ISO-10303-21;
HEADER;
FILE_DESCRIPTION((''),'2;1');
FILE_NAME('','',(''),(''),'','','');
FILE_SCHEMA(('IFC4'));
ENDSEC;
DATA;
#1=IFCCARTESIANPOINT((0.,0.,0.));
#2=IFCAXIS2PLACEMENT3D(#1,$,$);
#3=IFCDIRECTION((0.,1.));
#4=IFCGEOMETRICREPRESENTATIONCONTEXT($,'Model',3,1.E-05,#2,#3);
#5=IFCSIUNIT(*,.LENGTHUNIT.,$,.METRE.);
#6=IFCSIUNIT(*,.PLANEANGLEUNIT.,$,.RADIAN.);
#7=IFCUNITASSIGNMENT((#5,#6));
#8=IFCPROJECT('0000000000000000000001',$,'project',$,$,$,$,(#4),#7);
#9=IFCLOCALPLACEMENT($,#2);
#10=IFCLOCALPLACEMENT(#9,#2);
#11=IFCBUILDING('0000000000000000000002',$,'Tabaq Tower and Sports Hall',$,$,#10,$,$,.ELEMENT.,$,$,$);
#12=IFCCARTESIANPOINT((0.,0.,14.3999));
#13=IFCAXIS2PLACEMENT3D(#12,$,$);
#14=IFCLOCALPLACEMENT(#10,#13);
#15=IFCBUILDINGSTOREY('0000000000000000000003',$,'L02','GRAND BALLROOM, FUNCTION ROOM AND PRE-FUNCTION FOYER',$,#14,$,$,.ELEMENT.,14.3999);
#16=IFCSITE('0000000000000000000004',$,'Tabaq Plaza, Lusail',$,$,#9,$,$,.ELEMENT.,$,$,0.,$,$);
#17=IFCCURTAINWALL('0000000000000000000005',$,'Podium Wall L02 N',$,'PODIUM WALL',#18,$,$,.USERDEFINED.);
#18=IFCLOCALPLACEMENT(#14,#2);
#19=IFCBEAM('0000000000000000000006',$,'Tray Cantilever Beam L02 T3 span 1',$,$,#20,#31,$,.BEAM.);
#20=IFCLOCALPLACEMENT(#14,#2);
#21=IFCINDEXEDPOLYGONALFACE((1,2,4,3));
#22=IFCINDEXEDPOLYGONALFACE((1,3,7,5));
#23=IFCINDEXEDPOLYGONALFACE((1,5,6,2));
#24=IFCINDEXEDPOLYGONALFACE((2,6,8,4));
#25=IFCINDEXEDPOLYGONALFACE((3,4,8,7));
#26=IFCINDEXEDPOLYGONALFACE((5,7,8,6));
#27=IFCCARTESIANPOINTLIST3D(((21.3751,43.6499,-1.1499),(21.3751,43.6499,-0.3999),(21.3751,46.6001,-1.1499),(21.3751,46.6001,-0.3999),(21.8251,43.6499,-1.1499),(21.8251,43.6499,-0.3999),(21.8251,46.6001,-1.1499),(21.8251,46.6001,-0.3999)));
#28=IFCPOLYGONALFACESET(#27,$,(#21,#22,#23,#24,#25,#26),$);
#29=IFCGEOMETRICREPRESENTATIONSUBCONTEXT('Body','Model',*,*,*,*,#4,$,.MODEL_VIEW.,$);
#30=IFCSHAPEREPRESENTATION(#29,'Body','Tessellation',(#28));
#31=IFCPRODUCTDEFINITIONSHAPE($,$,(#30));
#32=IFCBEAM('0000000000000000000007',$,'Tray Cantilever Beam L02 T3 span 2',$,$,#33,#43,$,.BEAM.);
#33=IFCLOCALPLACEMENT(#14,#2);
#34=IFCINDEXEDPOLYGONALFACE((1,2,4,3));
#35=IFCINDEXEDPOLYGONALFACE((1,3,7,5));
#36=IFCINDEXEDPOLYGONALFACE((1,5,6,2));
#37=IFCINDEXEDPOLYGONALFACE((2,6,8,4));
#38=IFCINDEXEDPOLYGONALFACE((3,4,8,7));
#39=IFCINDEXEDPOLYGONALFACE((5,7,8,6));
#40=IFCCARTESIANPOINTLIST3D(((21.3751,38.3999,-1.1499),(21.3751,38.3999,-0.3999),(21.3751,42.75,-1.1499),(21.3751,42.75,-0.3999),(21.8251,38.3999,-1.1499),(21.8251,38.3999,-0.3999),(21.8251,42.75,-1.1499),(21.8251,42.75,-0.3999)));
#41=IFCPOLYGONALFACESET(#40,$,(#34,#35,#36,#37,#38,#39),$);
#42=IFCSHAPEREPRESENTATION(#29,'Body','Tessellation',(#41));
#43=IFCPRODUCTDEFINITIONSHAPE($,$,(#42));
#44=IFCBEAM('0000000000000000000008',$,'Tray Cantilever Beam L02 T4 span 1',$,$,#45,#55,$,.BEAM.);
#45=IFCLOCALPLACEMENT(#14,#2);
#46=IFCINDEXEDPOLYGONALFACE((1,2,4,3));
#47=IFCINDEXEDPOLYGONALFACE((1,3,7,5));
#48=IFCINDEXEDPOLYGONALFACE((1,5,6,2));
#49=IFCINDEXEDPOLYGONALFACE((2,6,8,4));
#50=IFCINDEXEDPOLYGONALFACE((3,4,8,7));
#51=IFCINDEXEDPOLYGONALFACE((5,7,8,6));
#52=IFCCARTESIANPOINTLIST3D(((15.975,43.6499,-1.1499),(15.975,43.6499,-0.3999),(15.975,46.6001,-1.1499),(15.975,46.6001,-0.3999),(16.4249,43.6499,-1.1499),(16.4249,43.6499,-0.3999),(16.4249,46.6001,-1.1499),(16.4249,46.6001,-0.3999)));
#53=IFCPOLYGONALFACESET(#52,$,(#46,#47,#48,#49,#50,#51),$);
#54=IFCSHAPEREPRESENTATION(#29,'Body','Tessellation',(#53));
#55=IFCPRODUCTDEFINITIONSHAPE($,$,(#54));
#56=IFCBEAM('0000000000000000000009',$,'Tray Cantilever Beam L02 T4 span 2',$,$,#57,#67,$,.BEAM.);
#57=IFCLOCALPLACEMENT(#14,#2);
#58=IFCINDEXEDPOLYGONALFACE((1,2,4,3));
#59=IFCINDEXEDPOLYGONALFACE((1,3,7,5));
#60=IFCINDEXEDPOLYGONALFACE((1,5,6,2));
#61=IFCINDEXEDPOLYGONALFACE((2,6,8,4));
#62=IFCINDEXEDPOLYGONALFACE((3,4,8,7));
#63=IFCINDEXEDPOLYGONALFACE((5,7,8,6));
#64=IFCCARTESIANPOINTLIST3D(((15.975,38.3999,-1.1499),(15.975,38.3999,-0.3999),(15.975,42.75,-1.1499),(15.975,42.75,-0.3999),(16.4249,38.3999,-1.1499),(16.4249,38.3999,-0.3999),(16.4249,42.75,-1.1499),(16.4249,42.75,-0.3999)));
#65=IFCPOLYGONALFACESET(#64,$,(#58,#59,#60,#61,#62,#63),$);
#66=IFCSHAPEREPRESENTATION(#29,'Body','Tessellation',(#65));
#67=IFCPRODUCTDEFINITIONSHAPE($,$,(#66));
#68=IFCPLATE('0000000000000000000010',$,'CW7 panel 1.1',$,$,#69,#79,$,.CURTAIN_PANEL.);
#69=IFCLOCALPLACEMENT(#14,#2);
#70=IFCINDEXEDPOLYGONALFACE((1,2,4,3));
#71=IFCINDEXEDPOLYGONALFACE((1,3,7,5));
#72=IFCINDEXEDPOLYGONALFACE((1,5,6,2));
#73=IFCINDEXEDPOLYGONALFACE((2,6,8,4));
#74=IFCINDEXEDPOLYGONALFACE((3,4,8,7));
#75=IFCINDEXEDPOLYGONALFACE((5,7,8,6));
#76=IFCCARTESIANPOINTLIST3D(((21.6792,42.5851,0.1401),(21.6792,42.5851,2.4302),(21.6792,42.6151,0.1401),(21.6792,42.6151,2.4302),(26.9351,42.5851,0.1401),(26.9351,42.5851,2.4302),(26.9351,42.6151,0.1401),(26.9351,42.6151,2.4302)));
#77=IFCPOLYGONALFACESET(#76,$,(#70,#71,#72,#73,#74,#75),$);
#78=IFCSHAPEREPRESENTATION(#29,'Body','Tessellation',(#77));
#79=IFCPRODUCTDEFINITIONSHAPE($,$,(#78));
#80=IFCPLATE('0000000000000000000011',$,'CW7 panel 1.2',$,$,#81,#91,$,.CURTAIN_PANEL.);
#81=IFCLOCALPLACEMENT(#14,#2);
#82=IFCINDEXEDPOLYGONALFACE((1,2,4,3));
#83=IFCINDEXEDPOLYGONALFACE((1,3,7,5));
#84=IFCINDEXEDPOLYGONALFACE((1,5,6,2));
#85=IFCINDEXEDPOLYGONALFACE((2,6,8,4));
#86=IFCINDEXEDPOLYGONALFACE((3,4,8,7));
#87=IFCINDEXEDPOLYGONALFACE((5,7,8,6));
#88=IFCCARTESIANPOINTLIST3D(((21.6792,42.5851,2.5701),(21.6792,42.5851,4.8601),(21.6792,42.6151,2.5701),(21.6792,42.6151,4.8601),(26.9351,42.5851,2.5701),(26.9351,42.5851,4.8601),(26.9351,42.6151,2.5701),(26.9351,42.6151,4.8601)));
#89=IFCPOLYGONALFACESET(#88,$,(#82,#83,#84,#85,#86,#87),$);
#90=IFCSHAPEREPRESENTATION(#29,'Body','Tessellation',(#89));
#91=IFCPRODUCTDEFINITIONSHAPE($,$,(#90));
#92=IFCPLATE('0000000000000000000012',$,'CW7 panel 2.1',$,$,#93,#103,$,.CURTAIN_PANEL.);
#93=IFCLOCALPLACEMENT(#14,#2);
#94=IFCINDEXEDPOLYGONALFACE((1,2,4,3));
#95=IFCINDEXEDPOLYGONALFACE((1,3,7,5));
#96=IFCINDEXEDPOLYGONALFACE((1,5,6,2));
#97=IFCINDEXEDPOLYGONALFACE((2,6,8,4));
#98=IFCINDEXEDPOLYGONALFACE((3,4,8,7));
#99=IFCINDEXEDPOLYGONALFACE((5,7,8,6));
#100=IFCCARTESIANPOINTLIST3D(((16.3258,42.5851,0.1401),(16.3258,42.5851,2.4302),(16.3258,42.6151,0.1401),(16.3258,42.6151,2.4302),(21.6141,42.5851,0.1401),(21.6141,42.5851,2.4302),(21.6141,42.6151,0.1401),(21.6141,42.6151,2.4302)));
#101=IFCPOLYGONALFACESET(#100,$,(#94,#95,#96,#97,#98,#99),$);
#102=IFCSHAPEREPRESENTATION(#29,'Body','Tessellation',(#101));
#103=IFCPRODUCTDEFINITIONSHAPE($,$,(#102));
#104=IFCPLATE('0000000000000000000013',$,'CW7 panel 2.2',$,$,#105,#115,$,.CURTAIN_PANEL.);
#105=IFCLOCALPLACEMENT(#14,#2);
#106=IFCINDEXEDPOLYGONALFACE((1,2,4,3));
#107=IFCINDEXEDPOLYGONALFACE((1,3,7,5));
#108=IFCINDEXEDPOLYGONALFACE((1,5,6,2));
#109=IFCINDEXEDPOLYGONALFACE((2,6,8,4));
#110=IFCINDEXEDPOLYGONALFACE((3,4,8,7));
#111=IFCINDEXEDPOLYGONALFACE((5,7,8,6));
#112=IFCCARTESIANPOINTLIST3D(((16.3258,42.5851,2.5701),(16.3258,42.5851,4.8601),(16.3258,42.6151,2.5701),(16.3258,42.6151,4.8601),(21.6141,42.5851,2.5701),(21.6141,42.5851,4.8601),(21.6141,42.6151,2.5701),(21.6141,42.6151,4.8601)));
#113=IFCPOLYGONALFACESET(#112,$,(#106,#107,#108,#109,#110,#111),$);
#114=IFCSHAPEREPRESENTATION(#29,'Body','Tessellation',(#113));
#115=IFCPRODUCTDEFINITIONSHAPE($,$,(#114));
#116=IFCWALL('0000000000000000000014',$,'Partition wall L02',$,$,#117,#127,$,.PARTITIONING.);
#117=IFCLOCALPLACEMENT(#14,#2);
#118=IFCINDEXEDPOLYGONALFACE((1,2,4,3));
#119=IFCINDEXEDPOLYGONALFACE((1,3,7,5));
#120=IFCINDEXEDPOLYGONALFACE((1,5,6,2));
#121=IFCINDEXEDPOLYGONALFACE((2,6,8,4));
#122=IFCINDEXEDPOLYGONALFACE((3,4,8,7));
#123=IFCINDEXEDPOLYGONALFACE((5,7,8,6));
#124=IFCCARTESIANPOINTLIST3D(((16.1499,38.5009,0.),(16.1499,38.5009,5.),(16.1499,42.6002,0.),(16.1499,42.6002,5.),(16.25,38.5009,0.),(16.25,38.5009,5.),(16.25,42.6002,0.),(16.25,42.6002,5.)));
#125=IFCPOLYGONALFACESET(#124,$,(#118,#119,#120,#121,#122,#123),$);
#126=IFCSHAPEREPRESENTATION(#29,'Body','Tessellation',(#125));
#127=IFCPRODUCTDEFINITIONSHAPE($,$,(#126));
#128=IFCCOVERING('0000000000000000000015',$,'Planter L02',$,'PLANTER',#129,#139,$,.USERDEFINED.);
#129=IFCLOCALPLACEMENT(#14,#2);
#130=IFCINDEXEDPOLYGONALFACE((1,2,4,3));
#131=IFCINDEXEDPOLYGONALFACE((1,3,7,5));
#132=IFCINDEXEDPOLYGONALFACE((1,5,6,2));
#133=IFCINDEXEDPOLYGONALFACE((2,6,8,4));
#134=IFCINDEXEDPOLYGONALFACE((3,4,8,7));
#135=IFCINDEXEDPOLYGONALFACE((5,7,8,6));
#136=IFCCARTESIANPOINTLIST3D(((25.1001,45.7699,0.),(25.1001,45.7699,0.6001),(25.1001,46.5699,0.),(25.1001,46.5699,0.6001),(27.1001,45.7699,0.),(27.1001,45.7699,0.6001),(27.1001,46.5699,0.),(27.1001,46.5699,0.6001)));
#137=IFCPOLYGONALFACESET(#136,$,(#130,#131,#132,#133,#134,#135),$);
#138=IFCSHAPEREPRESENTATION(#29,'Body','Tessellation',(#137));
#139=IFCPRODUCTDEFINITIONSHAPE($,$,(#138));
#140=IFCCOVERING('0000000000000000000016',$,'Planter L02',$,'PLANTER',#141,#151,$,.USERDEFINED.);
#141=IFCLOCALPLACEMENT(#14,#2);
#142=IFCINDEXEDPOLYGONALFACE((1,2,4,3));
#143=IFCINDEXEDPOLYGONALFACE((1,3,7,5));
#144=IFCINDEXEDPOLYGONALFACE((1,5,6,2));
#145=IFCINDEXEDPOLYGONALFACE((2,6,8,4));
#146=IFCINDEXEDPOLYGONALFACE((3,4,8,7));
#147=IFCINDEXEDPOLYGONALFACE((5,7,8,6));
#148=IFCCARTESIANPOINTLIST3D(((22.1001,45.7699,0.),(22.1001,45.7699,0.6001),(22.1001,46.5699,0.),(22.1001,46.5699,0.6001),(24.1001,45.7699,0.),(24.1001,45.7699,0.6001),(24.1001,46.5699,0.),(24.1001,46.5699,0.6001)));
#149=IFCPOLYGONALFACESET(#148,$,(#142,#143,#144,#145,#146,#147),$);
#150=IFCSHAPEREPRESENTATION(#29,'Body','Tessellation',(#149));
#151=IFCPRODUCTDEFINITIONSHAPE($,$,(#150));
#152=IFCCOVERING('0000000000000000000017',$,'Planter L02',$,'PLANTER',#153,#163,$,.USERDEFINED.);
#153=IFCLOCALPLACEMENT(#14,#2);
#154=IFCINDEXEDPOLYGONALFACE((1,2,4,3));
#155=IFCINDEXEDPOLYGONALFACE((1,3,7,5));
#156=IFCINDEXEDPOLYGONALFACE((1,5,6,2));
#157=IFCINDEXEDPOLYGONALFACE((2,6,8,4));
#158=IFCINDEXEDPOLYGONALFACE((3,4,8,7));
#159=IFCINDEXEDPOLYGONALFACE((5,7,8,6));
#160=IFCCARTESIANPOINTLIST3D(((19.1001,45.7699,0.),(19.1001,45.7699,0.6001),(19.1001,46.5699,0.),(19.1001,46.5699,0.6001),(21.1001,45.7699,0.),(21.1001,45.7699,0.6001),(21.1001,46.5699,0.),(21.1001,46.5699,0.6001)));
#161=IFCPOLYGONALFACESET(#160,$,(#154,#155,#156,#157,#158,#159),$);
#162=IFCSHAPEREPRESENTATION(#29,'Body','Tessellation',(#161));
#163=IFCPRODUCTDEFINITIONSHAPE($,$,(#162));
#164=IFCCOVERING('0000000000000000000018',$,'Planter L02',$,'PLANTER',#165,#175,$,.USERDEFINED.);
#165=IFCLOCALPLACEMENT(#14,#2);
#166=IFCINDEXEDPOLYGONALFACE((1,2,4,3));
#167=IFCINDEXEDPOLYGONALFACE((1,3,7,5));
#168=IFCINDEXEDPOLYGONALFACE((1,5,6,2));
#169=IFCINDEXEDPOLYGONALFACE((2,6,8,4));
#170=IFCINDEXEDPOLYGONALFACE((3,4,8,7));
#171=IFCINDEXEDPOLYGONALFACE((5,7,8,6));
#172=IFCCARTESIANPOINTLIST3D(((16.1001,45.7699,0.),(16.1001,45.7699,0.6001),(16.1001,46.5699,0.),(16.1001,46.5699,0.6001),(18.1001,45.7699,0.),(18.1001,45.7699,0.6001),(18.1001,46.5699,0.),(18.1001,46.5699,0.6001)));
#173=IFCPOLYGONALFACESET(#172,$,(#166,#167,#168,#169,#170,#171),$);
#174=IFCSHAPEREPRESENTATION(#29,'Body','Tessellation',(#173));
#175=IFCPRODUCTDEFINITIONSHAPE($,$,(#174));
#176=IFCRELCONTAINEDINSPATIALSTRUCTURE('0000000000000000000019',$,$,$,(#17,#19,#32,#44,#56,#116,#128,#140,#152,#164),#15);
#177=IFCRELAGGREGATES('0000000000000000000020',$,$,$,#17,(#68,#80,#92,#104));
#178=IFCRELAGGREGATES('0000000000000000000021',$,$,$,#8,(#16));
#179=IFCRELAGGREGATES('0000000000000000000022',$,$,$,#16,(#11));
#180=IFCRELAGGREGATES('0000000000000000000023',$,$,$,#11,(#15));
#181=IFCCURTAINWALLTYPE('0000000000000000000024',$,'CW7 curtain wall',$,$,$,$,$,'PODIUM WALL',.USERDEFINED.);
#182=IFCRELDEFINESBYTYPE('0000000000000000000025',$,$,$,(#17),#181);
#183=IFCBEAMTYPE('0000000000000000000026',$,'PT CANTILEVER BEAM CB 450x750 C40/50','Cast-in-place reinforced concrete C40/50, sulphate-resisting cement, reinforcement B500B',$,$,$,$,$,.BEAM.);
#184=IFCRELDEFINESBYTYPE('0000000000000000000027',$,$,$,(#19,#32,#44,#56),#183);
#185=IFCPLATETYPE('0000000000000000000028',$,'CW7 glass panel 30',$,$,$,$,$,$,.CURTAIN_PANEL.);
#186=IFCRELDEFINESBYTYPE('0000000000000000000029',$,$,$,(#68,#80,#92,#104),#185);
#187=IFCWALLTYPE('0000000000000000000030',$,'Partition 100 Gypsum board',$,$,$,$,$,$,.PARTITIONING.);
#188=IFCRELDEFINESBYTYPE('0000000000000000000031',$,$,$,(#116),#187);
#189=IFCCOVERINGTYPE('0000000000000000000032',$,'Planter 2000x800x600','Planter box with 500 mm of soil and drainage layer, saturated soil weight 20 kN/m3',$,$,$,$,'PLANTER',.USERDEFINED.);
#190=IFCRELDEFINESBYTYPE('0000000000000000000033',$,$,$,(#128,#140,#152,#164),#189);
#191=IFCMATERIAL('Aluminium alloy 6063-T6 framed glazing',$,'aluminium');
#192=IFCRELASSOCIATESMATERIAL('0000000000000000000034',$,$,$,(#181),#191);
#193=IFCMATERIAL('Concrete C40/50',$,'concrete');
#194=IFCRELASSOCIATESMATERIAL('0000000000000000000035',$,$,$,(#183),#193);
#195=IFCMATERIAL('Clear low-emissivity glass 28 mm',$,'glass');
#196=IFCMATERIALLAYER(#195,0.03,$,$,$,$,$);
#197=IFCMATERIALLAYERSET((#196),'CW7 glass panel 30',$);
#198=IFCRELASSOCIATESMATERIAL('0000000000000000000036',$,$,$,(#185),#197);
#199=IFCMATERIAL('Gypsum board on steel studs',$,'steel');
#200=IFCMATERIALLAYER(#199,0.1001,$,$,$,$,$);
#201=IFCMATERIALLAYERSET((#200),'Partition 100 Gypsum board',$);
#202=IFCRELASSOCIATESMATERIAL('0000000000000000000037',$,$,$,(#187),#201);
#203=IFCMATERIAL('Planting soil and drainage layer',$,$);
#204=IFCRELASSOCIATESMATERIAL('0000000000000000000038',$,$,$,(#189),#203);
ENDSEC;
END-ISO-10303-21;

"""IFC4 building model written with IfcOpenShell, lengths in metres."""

from ifc_helpers import new_model, si_unit, direction, frame, frame_2d, origin, origin_2d, place, context, subcontext, project, spatial, rectangle, extrude, material, layer, layer_set, material_profile, profile_set, type_object, element, aggregate, save


model = new_model("IFC4")

# Units and contexts
model_context = context("Model", 3, precision=1e-05, world=origin(), true_north=direction((0.0, 1.0)))
body_context = subcontext(model_context, "Body", "Model", "MODEL_VIEW")
ifc_project = project(units=[si_unit("LENGTHUNIT", "METRE"), si_unit("PLANEANGLEUNIT", "RADIAN")], contexts=[model_context])

# Site, building, storey
site_placement = place(None, origin())
site = spatial("IfcSite", under=ifc_project, at=site_placement, Name="Tabaq Plaza, Lusail", CompositionType="ELEMENT", RefElevation=0.0)
building_placement = place(site_placement, origin())
building = spatial("IfcBuilding", under=site, at=building_placement, Name="Tabaq Tower and Sports Hall", CompositionType="ELEMENT")
storey_placement = place(building_placement, frame((0.0, 0.0, 14.3999)))
storey = spatial("IfcBuildingStorey", under=building, at=storey_placement, Name="L02", Description="GRAND BALLROOM, FUNCTION ROOM AND PRE-FUNCTION FOYER", CompositionType="ELEMENT", Elevation=14.3999)

# Curtain wall
ifc_material_1 = material(Name="Aluminium alloy 6063-T6 framed glazing", Category="aluminium")
curtain_wall_type = type_object("IfcCurtainWallType", Name="CW7 curtain wall", ElementType="PODIUM WALL", PredefinedType="USERDEFINED", material=ifc_material_1)
curtain_wall_placement = place(storey_placement, origin())
curtain_wall = element("IfcCurtainWall", 1, at=curtain_wall_placement, inside=storey, type_object=curtain_wall_type, Name="Podium Wall L02 N", ObjectType="PODIUM WALL", PredefinedType="USERDEFINED")

# Beams
ifc_material_2 = material(Name="Concrete C40/50", Category="concrete")
ifc_material_profile_1 = material_profile(ifc_material_2, rectangle(XDim=0.45, YDim=0.75, at=origin_2d()), Name="CB 450x750")
ifc_profile_set_1 = profile_set([ifc_material_profile_1], Name="Concrete C40/50")
beam_type = type_object("IfcBeamType", Name="PT CANTILEVER BEAM CB 450x750 C40/50", Description="Cast-in-place reinforced concrete C40/50, sulphate-resisting cement, reinforcement B500B", PredefinedType="BEAM", material=ifc_profile_set_1)
beam_1_placement = place(storey_placement, frame((21.6001, 46.6001, -0.7749), z_axis=(0.0, -1.0, 0.0), x_axis=(1.0, 0.0, 0.0)))
element("IfcBeam", 2, at=beam_1_placement, inside=storey, type_object=beam_type, Name="Tray Cantilever Beam L02 T3 span 1", PredefinedType="BEAM", context=body_context, shape_type="SweptSolid", body=[
    extrude(rectangle(XDim=0.45, YDim=0.75, at=origin_2d()), origin(), (0.0, 0.0, 1.0), 2.9502),
])
beam_2_placement = place(storey_placement, frame((21.6001, 42.75, -0.7749), z_axis=(0.0, -1.0, 0.0), x_axis=(1.0, 0.0, 0.0)))
element("IfcBeam", 3, at=beam_2_placement, inside=storey, type_object=beam_type, Name="Tray Cantilever Beam L02 T3 span 2", PredefinedType="BEAM", context=body_context, shape_type="SweptSolid", body=[
    extrude(rectangle(XDim=0.45, YDim=0.75, at=origin_2d()), origin(), (0.0, 0.0, 1.0), 4.3501),
])
beam_3_placement = place(storey_placement, frame((16.2, 46.6001, -0.7749), z_axis=(0.0, -1.0, 0.0), x_axis=(1.0, 0.0, 0.0)))
element("IfcBeam", 4, at=beam_3_placement, inside=storey, type_object=beam_type, Name="Tray Cantilever Beam L02 T4 span 1", PredefinedType="BEAM", context=body_context, shape_type="SweptSolid", body=[
    extrude(rectangle(XDim=0.45, YDim=0.75, at=origin_2d()), origin(), (0.0, 0.0, 1.0), 2.9502),
])
beam_4_placement = place(storey_placement, frame((16.2, 42.75, -0.7749), z_axis=(0.0, -1.0, 0.0), x_axis=(1.0, 0.0, 0.0)))
element("IfcBeam", 5, at=beam_4_placement, inside=storey, type_object=beam_type, Name="Tray Cantilever Beam L02 T4 span 2", PredefinedType="BEAM", context=body_context, shape_type="SweptSolid", body=[
    extrude(rectangle(XDim=0.45, YDim=0.75, at=origin_2d()), origin(), (0.0, 0.0, 1.0), 4.3501),
])

# Plates
ifc_material_3 = material(Name="Clear low-emissivity glass 28 mm", Category="glass")
ifc_layer_1 = layer(ifc_material_3, 0.03)
ifc_layer_set_1 = layer_set([ifc_layer_1], Name="CW7 glass panel 30")
plate_type = type_object("IfcPlateType", Name="CW7 glass panel 30", PredefinedType="CURTAIN_PANEL", material=ifc_layer_set_1)
plate_1_placement = place(storey_placement, frame((24.3071, 42.6001, 0.1401), z_axis=(0.0, 0.0, 1.0), x_axis=(-1.0, 0.0, 0.0)))
plate_1 = element("IfcPlate", 6, at=plate_1_placement, type_object=plate_type, Name="CW7 panel 1.1", PredefinedType="CURTAIN_PANEL", context=body_context, shape_type="SweptSolid", body=[
    extrude(rectangle(XDim=5.2559, YDim=0.03, at=origin_2d()), origin(), (0.0, 0.0, 1.0), 2.29),
])
plate_2_placement = place(storey_placement, frame((24.3071, 42.6001, 2.5701), z_axis=(0.0, 0.0, 1.0), x_axis=(-1.0, 0.0, 0.0)))
plate_2 = element("IfcPlate", 7, at=plate_2_placement, type_object=plate_type, Name="CW7 panel 1.2", PredefinedType="CURTAIN_PANEL", context=body_context, shape_type="SweptSolid", body=[
    extrude(rectangle(XDim=5.2559, YDim=0.03, at=origin_2d()), origin(), (0.0, 0.0, 1.0), 2.29),
])
plate_3_placement = place(storey_placement, frame((18.97, 42.6001, 0.1401), z_axis=(0.0, 0.0, 1.0), x_axis=(-1.0, 0.0, 0.0)))
plate_3 = element("IfcPlate", 8, at=plate_3_placement, type_object=plate_type, Name="CW7 panel 2.1", PredefinedType="CURTAIN_PANEL", context=body_context, shape_type="SweptSolid", body=[
    extrude(rectangle(XDim=5.2883, YDim=0.03, at=origin_2d()), origin(), (0.0, 0.0, 1.0), 2.29),
])
plate_4_placement = place(storey_placement, frame((18.97, 42.6001, 2.5701), z_axis=(0.0, 0.0, 1.0), x_axis=(-1.0, 0.0, 0.0)))
plate_4 = element("IfcPlate", 9, at=plate_4_placement, type_object=plate_type, Name="CW7 panel 2.2", PredefinedType="CURTAIN_PANEL", context=body_context, shape_type="SweptSolid", body=[
    extrude(rectangle(XDim=5.2883, YDim=0.03, at=origin_2d()), origin(), (0.0, 0.0, 1.0), 2.29),
])
aggregate(curtain_wall, [plate_1, plate_2, plate_3, plate_4])

# Wall
ifc_material_4 = material(Name="Gypsum board on steel studs", Category="steel")
ifc_layer_2 = layer(ifc_material_4, 0.1001)
ifc_layer_set_2 = layer_set([ifc_layer_2], Name="Partition 100 Gypsum board")
wall_type = type_object("IfcWallType", Name="Partition 100 Gypsum board", PredefinedType="PARTITIONING", material=ifc_layer_set_2)
wall_placement = place(storey_placement, frame((16.2, 38.5007, 0.0), z_axis=(0.0, 0.0, 1.0), x_axis=(0.0, 1.0, 0.0)))
element("IfcWall", 10, at=wall_placement, inside=storey, type_object=wall_type, Name="Partition wall L02", PredefinedType="PARTITIONING", context=body_context, shape_type="SweptSolid", body=[
    extrude(rectangle(XDim=4.0994, YDim=0.1001, at=frame_2d((2.0498, 0.0))), origin(), (0.0, 0.0, 1.0), 5.0),
])

# Coverings
ifc_material_5 = material(Name="Planting soil and drainage layer")
covering_type = type_object("IfcCoveringType", Name="Planter 2000x800x600", Description="Planter box with 500 mm of soil and drainage layer, saturated soil weight 20 kN/m3", ElementType="PLANTER", PredefinedType="USERDEFINED", material=ifc_material_5)
for number, where, z_axis, x_axis, name in (
    (11, (26.1001, 46.1699, 0.0), (0.0, 0.0, 1.0), (-1.0, 0.0, 0.0), "Planter L02"),
    (12, (23.1001, 46.1699, 0.0), (0.0, 0.0, 1.0), (-1.0, 0.0, 0.0), "Planter L02"),
    (13, (20.1001, 46.1699, 0.0), (0.0, 0.0, 1.0), (-1.0, 0.0, 0.0), "Planter L02"),
    (14, (17.1001, 46.1699, 0.0), (0.0, 0.0, 1.0), (-1.0, 0.0, 0.0), "Planter L02"),
):
    element("IfcCovering", number, at=place(storey_placement, frame(where, z_axis=z_axis, x_axis=x_axis)), inside=storey, type_object=covering_type, Name=name, ObjectType="PLANTER", PredefinedType="USERDEFINED", context=body_context, shape_type="SweptSolid", body=[
        extrude(rectangle(XDim=2.0, YDim=0.8, at=origin_2d()), origin(), (0.0, 0.0, 1.0), 0.6001),
    ])

save(model, "model.ifc")
